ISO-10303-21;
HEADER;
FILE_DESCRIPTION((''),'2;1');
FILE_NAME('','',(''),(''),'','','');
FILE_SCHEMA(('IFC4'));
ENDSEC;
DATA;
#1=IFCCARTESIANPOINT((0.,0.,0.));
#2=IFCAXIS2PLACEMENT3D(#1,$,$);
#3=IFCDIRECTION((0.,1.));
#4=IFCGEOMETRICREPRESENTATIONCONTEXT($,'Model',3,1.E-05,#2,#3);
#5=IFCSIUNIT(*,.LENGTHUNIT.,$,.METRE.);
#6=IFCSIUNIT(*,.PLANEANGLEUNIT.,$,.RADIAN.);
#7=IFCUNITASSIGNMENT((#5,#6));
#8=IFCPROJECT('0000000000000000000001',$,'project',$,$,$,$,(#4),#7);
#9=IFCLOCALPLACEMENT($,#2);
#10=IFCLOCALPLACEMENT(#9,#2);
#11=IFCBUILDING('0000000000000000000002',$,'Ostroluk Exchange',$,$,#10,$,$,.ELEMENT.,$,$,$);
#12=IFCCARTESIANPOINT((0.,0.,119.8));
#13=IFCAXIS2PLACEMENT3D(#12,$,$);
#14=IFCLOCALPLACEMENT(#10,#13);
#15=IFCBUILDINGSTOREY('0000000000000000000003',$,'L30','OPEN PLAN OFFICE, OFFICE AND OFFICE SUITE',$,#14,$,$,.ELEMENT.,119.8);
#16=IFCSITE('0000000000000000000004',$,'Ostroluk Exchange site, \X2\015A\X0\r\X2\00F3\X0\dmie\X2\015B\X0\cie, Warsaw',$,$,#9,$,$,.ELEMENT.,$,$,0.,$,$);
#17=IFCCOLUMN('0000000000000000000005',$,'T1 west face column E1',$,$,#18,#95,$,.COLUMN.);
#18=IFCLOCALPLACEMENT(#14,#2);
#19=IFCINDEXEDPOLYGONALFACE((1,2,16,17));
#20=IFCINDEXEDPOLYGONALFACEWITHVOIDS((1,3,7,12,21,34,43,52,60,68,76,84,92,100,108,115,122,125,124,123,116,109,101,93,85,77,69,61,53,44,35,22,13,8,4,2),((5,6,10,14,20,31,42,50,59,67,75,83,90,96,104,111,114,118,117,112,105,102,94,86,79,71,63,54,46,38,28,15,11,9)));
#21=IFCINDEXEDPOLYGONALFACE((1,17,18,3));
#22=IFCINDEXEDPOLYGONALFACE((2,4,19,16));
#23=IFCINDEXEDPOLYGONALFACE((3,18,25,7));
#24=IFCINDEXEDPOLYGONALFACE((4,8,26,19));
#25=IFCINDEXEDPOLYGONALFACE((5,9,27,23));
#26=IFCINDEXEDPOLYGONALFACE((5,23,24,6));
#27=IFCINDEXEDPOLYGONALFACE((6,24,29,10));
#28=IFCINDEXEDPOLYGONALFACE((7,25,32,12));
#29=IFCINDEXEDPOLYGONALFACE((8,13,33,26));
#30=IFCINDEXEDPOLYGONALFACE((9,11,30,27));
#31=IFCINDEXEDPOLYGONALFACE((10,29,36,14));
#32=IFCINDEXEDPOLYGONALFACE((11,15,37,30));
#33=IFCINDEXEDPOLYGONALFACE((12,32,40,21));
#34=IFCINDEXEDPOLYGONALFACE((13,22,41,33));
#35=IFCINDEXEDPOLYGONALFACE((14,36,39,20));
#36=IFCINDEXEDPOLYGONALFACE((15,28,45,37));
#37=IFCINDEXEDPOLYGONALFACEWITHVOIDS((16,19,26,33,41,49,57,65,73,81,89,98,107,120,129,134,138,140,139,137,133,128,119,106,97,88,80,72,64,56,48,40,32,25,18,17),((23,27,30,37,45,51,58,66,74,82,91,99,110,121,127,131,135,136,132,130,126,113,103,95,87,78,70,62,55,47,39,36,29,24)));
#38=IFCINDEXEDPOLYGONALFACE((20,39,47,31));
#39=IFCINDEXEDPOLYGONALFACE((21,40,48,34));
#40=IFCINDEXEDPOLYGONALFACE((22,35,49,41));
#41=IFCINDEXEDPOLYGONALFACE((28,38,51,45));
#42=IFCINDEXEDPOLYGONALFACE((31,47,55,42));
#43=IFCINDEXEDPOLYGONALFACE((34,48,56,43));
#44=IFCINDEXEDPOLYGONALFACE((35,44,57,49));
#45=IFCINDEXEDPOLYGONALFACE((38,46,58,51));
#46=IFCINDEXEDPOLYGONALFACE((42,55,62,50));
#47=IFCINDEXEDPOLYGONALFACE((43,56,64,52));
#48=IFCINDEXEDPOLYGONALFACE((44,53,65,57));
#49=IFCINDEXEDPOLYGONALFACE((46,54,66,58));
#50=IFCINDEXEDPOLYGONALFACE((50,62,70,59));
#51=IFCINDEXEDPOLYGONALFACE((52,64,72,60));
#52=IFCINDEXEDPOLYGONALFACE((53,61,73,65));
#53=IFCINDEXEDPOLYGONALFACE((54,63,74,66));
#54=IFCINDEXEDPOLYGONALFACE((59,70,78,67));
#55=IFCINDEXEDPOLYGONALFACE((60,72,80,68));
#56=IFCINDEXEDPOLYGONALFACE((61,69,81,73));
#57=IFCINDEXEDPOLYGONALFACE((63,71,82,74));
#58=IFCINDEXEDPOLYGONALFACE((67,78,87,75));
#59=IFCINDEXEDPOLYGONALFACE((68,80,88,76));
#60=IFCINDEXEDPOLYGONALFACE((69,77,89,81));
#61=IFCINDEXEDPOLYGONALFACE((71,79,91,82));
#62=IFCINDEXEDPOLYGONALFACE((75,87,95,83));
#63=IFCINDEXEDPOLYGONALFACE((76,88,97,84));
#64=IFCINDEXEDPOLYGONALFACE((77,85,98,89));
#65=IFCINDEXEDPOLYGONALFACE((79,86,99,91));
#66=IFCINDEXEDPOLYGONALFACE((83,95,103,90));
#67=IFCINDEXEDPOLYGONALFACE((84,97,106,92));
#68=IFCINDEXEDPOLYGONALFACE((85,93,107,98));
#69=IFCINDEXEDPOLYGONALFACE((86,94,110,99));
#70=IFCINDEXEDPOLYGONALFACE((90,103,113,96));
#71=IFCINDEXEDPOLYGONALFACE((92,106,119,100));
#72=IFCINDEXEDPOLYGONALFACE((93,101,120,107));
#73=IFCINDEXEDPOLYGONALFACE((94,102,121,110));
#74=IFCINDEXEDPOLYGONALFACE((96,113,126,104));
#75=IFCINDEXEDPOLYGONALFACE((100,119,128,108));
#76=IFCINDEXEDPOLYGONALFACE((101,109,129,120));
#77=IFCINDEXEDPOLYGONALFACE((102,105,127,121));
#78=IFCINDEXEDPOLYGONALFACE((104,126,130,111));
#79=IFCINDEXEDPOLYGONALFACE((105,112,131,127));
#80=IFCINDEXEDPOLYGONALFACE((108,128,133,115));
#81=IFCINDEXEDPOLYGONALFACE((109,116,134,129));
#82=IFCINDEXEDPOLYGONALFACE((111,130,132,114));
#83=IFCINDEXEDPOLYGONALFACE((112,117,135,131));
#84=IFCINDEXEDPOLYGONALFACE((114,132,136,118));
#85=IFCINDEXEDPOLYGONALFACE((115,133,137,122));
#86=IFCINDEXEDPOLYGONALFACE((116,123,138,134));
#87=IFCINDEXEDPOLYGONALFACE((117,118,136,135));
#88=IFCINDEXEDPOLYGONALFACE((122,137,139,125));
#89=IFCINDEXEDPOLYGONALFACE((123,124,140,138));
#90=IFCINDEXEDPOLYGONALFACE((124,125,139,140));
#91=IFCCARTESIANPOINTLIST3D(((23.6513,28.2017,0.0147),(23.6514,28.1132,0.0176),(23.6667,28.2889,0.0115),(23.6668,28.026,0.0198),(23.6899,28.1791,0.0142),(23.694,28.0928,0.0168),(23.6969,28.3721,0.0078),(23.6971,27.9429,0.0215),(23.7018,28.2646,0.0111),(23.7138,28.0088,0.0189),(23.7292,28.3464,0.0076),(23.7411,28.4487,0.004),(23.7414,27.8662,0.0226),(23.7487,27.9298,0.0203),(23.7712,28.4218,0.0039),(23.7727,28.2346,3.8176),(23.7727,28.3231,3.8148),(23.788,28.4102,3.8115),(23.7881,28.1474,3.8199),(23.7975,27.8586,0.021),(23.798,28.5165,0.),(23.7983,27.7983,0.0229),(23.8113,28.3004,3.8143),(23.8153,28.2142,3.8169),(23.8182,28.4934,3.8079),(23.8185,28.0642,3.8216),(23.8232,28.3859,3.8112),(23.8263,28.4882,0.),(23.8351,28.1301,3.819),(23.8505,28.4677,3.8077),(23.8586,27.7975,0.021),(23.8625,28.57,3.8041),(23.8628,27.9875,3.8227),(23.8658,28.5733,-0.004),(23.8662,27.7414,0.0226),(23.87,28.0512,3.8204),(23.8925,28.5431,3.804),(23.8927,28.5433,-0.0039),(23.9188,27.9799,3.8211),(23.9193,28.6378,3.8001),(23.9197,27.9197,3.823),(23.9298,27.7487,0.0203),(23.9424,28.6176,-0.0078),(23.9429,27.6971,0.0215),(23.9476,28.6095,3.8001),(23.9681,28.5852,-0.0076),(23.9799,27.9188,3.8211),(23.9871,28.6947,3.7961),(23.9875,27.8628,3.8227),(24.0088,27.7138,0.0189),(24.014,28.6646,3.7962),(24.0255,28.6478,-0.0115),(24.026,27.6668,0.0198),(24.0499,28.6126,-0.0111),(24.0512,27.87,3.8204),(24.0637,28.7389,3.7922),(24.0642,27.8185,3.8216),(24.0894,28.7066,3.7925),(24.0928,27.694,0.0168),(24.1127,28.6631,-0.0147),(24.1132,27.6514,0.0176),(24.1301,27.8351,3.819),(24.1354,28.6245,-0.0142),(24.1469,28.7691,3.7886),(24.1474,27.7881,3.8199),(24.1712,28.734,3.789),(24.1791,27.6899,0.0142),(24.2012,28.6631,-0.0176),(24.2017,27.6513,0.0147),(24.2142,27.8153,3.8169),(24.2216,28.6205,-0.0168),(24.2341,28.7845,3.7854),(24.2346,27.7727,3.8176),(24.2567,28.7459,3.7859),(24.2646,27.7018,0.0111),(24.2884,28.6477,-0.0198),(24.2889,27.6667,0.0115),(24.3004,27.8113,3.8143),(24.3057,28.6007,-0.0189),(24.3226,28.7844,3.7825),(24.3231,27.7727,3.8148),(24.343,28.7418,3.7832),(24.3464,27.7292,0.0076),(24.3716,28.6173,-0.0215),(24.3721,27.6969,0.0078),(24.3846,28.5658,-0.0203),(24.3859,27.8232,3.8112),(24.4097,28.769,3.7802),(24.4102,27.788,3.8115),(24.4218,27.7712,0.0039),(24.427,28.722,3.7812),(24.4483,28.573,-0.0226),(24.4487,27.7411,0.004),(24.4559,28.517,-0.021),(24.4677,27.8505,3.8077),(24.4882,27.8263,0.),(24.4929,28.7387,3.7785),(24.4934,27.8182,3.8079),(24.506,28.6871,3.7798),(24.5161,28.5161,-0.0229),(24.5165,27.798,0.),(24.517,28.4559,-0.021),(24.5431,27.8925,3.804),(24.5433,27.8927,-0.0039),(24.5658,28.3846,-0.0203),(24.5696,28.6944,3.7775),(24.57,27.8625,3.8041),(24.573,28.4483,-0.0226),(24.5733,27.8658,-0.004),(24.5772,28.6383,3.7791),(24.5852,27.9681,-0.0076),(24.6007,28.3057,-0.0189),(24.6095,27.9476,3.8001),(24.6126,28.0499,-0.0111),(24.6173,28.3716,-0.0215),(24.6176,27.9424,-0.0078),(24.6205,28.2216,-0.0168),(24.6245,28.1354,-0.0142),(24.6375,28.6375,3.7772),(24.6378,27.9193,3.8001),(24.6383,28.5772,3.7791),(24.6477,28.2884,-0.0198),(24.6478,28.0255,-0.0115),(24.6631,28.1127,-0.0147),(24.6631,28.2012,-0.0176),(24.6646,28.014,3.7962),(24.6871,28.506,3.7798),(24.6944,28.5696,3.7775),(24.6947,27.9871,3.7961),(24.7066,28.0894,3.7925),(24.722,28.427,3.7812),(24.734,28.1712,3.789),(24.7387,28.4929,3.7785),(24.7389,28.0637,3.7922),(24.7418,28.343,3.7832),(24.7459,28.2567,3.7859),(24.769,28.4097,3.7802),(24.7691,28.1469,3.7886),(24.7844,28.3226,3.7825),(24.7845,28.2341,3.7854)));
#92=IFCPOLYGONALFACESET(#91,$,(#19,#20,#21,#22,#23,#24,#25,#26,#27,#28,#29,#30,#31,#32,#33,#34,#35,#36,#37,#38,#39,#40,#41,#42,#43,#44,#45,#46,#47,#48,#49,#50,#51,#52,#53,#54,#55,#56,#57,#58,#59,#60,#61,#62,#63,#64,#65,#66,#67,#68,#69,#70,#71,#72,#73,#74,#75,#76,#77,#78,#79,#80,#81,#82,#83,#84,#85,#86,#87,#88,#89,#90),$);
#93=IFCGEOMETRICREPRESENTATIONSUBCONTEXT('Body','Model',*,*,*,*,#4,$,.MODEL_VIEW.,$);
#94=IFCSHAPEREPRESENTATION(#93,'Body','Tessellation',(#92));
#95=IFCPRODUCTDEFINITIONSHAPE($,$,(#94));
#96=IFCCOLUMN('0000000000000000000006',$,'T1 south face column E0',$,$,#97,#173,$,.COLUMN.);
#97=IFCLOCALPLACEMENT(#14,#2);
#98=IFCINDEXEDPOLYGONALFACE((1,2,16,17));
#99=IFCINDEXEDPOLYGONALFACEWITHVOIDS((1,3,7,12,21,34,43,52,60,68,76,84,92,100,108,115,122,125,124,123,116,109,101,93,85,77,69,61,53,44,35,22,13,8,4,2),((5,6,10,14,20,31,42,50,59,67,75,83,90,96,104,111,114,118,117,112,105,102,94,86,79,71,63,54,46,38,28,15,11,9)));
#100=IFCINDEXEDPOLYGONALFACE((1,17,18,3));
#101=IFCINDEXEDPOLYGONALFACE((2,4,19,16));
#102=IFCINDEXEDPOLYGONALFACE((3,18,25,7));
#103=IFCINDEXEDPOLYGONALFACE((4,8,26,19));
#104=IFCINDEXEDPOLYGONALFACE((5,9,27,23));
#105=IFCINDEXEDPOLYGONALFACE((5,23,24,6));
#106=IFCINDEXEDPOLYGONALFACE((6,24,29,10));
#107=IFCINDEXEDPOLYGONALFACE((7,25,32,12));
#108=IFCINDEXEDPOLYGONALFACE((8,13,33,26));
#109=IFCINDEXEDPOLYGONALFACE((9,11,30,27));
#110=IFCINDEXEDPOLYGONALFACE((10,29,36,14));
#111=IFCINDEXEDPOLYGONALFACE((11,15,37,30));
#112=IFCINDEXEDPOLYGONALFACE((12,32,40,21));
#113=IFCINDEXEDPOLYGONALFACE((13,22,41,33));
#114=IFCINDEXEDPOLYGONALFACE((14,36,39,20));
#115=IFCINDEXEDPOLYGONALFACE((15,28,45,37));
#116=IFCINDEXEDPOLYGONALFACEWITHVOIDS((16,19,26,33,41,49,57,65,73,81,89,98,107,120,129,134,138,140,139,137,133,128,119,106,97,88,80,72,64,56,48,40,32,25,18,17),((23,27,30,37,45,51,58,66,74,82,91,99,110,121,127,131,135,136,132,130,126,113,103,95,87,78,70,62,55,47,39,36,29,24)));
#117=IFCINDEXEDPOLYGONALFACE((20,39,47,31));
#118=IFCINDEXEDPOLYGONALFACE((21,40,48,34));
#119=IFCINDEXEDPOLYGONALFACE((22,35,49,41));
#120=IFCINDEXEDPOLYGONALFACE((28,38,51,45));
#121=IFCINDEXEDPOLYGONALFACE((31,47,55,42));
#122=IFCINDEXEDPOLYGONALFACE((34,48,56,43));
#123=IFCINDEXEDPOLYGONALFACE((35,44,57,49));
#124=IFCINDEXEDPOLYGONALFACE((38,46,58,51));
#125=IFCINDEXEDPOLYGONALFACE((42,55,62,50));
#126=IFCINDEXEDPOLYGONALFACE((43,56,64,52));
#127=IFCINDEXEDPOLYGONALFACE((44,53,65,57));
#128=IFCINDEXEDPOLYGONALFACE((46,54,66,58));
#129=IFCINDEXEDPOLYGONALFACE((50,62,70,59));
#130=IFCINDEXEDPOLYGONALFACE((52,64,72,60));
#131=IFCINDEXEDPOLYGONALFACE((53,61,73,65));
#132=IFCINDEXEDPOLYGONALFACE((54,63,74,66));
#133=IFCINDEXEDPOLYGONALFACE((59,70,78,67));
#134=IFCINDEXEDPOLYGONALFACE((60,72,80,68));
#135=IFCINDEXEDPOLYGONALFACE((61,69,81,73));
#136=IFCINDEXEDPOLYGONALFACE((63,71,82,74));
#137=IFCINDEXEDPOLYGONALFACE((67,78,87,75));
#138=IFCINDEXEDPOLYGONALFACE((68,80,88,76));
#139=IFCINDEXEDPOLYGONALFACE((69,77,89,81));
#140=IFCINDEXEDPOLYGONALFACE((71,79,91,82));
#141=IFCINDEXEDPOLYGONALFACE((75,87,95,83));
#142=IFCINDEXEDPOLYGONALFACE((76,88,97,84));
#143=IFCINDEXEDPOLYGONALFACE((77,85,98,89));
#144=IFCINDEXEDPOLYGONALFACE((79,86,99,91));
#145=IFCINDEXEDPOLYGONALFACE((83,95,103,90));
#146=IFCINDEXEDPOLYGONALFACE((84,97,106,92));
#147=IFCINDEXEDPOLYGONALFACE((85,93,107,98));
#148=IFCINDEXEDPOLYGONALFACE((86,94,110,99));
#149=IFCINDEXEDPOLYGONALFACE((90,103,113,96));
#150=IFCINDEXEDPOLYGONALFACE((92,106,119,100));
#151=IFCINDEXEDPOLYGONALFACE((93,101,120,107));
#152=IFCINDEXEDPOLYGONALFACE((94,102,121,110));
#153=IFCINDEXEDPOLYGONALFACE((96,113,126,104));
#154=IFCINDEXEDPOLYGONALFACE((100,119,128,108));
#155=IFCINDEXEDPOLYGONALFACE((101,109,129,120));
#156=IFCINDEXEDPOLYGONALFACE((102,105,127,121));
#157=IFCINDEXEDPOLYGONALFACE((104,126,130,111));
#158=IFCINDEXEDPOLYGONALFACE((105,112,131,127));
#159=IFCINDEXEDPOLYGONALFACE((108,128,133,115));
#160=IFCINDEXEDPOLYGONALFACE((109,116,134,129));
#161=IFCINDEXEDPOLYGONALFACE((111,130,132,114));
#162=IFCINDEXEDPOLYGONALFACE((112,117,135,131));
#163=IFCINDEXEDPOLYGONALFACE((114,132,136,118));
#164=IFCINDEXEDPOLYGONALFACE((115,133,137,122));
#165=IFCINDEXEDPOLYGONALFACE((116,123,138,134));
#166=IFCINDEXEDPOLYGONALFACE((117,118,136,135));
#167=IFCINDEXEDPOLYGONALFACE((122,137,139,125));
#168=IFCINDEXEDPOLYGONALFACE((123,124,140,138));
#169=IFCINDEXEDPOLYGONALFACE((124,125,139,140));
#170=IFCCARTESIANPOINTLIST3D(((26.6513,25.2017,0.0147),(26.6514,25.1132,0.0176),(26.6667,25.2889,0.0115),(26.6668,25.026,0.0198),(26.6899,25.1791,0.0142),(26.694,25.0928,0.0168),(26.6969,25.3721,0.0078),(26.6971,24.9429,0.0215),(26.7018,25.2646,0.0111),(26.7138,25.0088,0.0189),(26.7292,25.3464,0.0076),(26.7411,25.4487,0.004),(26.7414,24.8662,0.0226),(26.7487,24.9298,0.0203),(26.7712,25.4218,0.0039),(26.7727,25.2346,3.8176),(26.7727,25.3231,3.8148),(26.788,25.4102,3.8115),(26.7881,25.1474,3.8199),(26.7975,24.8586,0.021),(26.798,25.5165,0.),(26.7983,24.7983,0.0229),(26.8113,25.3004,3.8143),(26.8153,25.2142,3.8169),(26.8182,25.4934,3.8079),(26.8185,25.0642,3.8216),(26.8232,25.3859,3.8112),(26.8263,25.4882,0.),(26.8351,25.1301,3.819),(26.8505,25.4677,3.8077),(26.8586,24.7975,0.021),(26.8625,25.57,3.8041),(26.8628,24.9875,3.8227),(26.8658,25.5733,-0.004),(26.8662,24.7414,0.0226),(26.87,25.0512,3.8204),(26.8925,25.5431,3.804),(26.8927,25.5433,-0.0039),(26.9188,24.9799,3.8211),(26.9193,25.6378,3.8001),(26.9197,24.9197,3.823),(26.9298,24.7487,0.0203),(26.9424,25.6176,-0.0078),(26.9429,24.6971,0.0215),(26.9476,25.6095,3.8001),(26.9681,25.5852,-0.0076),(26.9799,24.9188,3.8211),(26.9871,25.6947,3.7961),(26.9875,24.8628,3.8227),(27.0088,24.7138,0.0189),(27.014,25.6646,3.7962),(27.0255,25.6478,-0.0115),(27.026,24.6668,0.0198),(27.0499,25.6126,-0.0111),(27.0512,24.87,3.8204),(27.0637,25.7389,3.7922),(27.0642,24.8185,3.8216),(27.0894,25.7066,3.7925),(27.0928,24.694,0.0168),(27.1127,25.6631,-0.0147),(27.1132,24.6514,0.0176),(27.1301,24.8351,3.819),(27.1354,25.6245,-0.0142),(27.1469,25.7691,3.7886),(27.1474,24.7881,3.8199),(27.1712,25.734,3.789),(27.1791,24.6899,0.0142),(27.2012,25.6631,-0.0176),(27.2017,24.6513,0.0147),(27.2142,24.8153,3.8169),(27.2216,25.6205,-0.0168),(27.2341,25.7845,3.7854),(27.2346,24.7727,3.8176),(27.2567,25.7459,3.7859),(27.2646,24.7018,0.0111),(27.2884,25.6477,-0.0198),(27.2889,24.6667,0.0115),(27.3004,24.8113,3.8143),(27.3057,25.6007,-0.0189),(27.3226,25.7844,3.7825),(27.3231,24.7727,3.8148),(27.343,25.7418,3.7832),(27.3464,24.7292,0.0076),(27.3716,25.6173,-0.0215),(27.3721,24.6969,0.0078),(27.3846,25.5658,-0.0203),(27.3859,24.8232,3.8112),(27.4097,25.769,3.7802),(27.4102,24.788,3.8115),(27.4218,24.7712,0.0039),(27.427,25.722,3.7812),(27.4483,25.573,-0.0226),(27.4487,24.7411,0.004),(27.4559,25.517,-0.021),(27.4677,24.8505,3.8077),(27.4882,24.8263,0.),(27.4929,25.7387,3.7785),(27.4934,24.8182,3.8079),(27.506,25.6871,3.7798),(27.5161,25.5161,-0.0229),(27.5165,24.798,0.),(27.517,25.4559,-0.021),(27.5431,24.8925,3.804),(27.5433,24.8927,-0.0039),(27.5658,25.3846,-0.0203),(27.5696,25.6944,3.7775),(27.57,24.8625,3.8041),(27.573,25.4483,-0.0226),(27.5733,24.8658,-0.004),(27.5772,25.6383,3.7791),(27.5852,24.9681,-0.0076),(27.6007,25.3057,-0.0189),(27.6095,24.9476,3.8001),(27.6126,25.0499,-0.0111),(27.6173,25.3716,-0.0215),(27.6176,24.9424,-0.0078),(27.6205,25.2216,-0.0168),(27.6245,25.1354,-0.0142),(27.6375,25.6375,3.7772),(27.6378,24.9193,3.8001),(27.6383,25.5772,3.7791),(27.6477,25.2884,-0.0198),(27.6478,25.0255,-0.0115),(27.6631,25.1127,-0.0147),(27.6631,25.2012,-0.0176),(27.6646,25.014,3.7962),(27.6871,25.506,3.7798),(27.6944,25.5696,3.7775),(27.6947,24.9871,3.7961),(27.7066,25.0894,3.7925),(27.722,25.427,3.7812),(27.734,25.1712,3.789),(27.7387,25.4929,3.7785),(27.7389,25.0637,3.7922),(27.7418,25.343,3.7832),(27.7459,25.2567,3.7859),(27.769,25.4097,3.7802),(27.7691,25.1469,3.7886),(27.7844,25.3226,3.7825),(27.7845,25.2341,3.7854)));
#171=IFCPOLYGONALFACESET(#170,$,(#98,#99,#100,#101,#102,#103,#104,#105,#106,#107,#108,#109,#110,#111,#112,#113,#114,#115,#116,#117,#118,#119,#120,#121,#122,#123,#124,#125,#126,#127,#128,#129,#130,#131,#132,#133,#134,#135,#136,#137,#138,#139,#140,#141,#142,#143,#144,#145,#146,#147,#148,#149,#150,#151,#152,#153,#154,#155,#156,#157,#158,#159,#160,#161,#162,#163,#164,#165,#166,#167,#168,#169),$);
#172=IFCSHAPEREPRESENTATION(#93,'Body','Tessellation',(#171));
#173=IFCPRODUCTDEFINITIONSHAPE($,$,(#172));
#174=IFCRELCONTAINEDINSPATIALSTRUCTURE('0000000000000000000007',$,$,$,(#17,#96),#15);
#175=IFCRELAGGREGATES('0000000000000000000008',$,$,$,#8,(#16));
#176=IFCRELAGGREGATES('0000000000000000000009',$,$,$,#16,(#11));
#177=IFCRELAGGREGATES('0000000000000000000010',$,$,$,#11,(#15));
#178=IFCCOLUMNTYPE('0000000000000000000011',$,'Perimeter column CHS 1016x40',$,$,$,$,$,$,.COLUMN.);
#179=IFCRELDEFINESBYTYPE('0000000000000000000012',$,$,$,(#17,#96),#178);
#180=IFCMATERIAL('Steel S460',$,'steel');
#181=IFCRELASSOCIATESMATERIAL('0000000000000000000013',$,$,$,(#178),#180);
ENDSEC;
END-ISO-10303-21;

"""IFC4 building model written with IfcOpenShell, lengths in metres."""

from ifc_helpers import new_model, si_unit, direction, frame, origin, origin_2d, place, context, subcontext, project, spatial, hollow_circle, extrude, material, material_profile, profile_set, type_object, element, save


model = new_model("IFC4")

# Units and contexts
model_context = context("Model", 3, precision=1e-05, world=origin(), true_north=direction((0.0, 1.0)))
body_context = subcontext(model_context, "Body", "Model", "MODEL_VIEW")
ifc_project = project(units=[si_unit("LENGTHUNIT", "METRE"), si_unit("PLANEANGLEUNIT", "RADIAN")], contexts=[model_context])

# Site, building, storey
site_placement = place(None, origin())
site = spatial("IfcSite", under=ifc_project, at=site_placement, Name="Ostroluk Exchange site, Śródmieście, Warsaw", CompositionType="ELEMENT", RefElevation=0.0)
building_placement = place(site_placement, origin())
building = spatial("IfcBuilding", under=site, at=building_placement, Name="Ostroluk Exchange", CompositionType="ELEMENT")
storey_placement = place(building_placement, frame((0.0, 0.0, 119.8)))
storey = spatial("IfcBuildingStorey", under=building, at=storey_placement, Name="L30", Description="OPEN PLAN OFFICE, OFFICE AND OFFICE SUITE", CompositionType="ELEMENT", Elevation=119.8)

# Columns
ifc_material_1 = material(Name="Steel S460", Category="steel")
ifc_material_profile_1 = material_profile(ifc_material_1, hollow_circle(Radius=0.5081, WallThickness=0.04, at=origin_2d()), Name="CHS 1016x40")
ifc_profile_set_1 = profile_set([ifc_material_profile_1], Name="Steel S460")
column_type = type_object("IfcColumnType", Name="Perimeter column CHS 1016x40", PredefinedType="COLUMN", material=ifc_profile_set_1)
for number, where, z_axis, x_axis, name in (
    (1, (24.1572, 28.1572, 0.0), (0.031898, 0.031898, 0.998982), (-0.707107, 0.707107, 0.0), "T1 west face column E1"),
    (2, (27.1572, 25.1572, 0.0), (0.031898, 0.031898, 0.998982), (-0.707107, 0.707107, 0.0), "T1 south face column E0"),
):
    element("IfcColumn", number, at=place(storey_placement, frame(where, z_axis=z_axis, x_axis=x_axis)), inside=storey, type_object=column_type, Name=name, PredefinedType="COLUMN", context=body_context, shape_type="SweptSolid", body=[
        extrude(hollow_circle(Radius=0.5081, WallThickness=0.04, at=origin_2d()), origin(), (0.0, 0.0, 1.0), 3.804),
    ])

save(model, "model.ifc")
